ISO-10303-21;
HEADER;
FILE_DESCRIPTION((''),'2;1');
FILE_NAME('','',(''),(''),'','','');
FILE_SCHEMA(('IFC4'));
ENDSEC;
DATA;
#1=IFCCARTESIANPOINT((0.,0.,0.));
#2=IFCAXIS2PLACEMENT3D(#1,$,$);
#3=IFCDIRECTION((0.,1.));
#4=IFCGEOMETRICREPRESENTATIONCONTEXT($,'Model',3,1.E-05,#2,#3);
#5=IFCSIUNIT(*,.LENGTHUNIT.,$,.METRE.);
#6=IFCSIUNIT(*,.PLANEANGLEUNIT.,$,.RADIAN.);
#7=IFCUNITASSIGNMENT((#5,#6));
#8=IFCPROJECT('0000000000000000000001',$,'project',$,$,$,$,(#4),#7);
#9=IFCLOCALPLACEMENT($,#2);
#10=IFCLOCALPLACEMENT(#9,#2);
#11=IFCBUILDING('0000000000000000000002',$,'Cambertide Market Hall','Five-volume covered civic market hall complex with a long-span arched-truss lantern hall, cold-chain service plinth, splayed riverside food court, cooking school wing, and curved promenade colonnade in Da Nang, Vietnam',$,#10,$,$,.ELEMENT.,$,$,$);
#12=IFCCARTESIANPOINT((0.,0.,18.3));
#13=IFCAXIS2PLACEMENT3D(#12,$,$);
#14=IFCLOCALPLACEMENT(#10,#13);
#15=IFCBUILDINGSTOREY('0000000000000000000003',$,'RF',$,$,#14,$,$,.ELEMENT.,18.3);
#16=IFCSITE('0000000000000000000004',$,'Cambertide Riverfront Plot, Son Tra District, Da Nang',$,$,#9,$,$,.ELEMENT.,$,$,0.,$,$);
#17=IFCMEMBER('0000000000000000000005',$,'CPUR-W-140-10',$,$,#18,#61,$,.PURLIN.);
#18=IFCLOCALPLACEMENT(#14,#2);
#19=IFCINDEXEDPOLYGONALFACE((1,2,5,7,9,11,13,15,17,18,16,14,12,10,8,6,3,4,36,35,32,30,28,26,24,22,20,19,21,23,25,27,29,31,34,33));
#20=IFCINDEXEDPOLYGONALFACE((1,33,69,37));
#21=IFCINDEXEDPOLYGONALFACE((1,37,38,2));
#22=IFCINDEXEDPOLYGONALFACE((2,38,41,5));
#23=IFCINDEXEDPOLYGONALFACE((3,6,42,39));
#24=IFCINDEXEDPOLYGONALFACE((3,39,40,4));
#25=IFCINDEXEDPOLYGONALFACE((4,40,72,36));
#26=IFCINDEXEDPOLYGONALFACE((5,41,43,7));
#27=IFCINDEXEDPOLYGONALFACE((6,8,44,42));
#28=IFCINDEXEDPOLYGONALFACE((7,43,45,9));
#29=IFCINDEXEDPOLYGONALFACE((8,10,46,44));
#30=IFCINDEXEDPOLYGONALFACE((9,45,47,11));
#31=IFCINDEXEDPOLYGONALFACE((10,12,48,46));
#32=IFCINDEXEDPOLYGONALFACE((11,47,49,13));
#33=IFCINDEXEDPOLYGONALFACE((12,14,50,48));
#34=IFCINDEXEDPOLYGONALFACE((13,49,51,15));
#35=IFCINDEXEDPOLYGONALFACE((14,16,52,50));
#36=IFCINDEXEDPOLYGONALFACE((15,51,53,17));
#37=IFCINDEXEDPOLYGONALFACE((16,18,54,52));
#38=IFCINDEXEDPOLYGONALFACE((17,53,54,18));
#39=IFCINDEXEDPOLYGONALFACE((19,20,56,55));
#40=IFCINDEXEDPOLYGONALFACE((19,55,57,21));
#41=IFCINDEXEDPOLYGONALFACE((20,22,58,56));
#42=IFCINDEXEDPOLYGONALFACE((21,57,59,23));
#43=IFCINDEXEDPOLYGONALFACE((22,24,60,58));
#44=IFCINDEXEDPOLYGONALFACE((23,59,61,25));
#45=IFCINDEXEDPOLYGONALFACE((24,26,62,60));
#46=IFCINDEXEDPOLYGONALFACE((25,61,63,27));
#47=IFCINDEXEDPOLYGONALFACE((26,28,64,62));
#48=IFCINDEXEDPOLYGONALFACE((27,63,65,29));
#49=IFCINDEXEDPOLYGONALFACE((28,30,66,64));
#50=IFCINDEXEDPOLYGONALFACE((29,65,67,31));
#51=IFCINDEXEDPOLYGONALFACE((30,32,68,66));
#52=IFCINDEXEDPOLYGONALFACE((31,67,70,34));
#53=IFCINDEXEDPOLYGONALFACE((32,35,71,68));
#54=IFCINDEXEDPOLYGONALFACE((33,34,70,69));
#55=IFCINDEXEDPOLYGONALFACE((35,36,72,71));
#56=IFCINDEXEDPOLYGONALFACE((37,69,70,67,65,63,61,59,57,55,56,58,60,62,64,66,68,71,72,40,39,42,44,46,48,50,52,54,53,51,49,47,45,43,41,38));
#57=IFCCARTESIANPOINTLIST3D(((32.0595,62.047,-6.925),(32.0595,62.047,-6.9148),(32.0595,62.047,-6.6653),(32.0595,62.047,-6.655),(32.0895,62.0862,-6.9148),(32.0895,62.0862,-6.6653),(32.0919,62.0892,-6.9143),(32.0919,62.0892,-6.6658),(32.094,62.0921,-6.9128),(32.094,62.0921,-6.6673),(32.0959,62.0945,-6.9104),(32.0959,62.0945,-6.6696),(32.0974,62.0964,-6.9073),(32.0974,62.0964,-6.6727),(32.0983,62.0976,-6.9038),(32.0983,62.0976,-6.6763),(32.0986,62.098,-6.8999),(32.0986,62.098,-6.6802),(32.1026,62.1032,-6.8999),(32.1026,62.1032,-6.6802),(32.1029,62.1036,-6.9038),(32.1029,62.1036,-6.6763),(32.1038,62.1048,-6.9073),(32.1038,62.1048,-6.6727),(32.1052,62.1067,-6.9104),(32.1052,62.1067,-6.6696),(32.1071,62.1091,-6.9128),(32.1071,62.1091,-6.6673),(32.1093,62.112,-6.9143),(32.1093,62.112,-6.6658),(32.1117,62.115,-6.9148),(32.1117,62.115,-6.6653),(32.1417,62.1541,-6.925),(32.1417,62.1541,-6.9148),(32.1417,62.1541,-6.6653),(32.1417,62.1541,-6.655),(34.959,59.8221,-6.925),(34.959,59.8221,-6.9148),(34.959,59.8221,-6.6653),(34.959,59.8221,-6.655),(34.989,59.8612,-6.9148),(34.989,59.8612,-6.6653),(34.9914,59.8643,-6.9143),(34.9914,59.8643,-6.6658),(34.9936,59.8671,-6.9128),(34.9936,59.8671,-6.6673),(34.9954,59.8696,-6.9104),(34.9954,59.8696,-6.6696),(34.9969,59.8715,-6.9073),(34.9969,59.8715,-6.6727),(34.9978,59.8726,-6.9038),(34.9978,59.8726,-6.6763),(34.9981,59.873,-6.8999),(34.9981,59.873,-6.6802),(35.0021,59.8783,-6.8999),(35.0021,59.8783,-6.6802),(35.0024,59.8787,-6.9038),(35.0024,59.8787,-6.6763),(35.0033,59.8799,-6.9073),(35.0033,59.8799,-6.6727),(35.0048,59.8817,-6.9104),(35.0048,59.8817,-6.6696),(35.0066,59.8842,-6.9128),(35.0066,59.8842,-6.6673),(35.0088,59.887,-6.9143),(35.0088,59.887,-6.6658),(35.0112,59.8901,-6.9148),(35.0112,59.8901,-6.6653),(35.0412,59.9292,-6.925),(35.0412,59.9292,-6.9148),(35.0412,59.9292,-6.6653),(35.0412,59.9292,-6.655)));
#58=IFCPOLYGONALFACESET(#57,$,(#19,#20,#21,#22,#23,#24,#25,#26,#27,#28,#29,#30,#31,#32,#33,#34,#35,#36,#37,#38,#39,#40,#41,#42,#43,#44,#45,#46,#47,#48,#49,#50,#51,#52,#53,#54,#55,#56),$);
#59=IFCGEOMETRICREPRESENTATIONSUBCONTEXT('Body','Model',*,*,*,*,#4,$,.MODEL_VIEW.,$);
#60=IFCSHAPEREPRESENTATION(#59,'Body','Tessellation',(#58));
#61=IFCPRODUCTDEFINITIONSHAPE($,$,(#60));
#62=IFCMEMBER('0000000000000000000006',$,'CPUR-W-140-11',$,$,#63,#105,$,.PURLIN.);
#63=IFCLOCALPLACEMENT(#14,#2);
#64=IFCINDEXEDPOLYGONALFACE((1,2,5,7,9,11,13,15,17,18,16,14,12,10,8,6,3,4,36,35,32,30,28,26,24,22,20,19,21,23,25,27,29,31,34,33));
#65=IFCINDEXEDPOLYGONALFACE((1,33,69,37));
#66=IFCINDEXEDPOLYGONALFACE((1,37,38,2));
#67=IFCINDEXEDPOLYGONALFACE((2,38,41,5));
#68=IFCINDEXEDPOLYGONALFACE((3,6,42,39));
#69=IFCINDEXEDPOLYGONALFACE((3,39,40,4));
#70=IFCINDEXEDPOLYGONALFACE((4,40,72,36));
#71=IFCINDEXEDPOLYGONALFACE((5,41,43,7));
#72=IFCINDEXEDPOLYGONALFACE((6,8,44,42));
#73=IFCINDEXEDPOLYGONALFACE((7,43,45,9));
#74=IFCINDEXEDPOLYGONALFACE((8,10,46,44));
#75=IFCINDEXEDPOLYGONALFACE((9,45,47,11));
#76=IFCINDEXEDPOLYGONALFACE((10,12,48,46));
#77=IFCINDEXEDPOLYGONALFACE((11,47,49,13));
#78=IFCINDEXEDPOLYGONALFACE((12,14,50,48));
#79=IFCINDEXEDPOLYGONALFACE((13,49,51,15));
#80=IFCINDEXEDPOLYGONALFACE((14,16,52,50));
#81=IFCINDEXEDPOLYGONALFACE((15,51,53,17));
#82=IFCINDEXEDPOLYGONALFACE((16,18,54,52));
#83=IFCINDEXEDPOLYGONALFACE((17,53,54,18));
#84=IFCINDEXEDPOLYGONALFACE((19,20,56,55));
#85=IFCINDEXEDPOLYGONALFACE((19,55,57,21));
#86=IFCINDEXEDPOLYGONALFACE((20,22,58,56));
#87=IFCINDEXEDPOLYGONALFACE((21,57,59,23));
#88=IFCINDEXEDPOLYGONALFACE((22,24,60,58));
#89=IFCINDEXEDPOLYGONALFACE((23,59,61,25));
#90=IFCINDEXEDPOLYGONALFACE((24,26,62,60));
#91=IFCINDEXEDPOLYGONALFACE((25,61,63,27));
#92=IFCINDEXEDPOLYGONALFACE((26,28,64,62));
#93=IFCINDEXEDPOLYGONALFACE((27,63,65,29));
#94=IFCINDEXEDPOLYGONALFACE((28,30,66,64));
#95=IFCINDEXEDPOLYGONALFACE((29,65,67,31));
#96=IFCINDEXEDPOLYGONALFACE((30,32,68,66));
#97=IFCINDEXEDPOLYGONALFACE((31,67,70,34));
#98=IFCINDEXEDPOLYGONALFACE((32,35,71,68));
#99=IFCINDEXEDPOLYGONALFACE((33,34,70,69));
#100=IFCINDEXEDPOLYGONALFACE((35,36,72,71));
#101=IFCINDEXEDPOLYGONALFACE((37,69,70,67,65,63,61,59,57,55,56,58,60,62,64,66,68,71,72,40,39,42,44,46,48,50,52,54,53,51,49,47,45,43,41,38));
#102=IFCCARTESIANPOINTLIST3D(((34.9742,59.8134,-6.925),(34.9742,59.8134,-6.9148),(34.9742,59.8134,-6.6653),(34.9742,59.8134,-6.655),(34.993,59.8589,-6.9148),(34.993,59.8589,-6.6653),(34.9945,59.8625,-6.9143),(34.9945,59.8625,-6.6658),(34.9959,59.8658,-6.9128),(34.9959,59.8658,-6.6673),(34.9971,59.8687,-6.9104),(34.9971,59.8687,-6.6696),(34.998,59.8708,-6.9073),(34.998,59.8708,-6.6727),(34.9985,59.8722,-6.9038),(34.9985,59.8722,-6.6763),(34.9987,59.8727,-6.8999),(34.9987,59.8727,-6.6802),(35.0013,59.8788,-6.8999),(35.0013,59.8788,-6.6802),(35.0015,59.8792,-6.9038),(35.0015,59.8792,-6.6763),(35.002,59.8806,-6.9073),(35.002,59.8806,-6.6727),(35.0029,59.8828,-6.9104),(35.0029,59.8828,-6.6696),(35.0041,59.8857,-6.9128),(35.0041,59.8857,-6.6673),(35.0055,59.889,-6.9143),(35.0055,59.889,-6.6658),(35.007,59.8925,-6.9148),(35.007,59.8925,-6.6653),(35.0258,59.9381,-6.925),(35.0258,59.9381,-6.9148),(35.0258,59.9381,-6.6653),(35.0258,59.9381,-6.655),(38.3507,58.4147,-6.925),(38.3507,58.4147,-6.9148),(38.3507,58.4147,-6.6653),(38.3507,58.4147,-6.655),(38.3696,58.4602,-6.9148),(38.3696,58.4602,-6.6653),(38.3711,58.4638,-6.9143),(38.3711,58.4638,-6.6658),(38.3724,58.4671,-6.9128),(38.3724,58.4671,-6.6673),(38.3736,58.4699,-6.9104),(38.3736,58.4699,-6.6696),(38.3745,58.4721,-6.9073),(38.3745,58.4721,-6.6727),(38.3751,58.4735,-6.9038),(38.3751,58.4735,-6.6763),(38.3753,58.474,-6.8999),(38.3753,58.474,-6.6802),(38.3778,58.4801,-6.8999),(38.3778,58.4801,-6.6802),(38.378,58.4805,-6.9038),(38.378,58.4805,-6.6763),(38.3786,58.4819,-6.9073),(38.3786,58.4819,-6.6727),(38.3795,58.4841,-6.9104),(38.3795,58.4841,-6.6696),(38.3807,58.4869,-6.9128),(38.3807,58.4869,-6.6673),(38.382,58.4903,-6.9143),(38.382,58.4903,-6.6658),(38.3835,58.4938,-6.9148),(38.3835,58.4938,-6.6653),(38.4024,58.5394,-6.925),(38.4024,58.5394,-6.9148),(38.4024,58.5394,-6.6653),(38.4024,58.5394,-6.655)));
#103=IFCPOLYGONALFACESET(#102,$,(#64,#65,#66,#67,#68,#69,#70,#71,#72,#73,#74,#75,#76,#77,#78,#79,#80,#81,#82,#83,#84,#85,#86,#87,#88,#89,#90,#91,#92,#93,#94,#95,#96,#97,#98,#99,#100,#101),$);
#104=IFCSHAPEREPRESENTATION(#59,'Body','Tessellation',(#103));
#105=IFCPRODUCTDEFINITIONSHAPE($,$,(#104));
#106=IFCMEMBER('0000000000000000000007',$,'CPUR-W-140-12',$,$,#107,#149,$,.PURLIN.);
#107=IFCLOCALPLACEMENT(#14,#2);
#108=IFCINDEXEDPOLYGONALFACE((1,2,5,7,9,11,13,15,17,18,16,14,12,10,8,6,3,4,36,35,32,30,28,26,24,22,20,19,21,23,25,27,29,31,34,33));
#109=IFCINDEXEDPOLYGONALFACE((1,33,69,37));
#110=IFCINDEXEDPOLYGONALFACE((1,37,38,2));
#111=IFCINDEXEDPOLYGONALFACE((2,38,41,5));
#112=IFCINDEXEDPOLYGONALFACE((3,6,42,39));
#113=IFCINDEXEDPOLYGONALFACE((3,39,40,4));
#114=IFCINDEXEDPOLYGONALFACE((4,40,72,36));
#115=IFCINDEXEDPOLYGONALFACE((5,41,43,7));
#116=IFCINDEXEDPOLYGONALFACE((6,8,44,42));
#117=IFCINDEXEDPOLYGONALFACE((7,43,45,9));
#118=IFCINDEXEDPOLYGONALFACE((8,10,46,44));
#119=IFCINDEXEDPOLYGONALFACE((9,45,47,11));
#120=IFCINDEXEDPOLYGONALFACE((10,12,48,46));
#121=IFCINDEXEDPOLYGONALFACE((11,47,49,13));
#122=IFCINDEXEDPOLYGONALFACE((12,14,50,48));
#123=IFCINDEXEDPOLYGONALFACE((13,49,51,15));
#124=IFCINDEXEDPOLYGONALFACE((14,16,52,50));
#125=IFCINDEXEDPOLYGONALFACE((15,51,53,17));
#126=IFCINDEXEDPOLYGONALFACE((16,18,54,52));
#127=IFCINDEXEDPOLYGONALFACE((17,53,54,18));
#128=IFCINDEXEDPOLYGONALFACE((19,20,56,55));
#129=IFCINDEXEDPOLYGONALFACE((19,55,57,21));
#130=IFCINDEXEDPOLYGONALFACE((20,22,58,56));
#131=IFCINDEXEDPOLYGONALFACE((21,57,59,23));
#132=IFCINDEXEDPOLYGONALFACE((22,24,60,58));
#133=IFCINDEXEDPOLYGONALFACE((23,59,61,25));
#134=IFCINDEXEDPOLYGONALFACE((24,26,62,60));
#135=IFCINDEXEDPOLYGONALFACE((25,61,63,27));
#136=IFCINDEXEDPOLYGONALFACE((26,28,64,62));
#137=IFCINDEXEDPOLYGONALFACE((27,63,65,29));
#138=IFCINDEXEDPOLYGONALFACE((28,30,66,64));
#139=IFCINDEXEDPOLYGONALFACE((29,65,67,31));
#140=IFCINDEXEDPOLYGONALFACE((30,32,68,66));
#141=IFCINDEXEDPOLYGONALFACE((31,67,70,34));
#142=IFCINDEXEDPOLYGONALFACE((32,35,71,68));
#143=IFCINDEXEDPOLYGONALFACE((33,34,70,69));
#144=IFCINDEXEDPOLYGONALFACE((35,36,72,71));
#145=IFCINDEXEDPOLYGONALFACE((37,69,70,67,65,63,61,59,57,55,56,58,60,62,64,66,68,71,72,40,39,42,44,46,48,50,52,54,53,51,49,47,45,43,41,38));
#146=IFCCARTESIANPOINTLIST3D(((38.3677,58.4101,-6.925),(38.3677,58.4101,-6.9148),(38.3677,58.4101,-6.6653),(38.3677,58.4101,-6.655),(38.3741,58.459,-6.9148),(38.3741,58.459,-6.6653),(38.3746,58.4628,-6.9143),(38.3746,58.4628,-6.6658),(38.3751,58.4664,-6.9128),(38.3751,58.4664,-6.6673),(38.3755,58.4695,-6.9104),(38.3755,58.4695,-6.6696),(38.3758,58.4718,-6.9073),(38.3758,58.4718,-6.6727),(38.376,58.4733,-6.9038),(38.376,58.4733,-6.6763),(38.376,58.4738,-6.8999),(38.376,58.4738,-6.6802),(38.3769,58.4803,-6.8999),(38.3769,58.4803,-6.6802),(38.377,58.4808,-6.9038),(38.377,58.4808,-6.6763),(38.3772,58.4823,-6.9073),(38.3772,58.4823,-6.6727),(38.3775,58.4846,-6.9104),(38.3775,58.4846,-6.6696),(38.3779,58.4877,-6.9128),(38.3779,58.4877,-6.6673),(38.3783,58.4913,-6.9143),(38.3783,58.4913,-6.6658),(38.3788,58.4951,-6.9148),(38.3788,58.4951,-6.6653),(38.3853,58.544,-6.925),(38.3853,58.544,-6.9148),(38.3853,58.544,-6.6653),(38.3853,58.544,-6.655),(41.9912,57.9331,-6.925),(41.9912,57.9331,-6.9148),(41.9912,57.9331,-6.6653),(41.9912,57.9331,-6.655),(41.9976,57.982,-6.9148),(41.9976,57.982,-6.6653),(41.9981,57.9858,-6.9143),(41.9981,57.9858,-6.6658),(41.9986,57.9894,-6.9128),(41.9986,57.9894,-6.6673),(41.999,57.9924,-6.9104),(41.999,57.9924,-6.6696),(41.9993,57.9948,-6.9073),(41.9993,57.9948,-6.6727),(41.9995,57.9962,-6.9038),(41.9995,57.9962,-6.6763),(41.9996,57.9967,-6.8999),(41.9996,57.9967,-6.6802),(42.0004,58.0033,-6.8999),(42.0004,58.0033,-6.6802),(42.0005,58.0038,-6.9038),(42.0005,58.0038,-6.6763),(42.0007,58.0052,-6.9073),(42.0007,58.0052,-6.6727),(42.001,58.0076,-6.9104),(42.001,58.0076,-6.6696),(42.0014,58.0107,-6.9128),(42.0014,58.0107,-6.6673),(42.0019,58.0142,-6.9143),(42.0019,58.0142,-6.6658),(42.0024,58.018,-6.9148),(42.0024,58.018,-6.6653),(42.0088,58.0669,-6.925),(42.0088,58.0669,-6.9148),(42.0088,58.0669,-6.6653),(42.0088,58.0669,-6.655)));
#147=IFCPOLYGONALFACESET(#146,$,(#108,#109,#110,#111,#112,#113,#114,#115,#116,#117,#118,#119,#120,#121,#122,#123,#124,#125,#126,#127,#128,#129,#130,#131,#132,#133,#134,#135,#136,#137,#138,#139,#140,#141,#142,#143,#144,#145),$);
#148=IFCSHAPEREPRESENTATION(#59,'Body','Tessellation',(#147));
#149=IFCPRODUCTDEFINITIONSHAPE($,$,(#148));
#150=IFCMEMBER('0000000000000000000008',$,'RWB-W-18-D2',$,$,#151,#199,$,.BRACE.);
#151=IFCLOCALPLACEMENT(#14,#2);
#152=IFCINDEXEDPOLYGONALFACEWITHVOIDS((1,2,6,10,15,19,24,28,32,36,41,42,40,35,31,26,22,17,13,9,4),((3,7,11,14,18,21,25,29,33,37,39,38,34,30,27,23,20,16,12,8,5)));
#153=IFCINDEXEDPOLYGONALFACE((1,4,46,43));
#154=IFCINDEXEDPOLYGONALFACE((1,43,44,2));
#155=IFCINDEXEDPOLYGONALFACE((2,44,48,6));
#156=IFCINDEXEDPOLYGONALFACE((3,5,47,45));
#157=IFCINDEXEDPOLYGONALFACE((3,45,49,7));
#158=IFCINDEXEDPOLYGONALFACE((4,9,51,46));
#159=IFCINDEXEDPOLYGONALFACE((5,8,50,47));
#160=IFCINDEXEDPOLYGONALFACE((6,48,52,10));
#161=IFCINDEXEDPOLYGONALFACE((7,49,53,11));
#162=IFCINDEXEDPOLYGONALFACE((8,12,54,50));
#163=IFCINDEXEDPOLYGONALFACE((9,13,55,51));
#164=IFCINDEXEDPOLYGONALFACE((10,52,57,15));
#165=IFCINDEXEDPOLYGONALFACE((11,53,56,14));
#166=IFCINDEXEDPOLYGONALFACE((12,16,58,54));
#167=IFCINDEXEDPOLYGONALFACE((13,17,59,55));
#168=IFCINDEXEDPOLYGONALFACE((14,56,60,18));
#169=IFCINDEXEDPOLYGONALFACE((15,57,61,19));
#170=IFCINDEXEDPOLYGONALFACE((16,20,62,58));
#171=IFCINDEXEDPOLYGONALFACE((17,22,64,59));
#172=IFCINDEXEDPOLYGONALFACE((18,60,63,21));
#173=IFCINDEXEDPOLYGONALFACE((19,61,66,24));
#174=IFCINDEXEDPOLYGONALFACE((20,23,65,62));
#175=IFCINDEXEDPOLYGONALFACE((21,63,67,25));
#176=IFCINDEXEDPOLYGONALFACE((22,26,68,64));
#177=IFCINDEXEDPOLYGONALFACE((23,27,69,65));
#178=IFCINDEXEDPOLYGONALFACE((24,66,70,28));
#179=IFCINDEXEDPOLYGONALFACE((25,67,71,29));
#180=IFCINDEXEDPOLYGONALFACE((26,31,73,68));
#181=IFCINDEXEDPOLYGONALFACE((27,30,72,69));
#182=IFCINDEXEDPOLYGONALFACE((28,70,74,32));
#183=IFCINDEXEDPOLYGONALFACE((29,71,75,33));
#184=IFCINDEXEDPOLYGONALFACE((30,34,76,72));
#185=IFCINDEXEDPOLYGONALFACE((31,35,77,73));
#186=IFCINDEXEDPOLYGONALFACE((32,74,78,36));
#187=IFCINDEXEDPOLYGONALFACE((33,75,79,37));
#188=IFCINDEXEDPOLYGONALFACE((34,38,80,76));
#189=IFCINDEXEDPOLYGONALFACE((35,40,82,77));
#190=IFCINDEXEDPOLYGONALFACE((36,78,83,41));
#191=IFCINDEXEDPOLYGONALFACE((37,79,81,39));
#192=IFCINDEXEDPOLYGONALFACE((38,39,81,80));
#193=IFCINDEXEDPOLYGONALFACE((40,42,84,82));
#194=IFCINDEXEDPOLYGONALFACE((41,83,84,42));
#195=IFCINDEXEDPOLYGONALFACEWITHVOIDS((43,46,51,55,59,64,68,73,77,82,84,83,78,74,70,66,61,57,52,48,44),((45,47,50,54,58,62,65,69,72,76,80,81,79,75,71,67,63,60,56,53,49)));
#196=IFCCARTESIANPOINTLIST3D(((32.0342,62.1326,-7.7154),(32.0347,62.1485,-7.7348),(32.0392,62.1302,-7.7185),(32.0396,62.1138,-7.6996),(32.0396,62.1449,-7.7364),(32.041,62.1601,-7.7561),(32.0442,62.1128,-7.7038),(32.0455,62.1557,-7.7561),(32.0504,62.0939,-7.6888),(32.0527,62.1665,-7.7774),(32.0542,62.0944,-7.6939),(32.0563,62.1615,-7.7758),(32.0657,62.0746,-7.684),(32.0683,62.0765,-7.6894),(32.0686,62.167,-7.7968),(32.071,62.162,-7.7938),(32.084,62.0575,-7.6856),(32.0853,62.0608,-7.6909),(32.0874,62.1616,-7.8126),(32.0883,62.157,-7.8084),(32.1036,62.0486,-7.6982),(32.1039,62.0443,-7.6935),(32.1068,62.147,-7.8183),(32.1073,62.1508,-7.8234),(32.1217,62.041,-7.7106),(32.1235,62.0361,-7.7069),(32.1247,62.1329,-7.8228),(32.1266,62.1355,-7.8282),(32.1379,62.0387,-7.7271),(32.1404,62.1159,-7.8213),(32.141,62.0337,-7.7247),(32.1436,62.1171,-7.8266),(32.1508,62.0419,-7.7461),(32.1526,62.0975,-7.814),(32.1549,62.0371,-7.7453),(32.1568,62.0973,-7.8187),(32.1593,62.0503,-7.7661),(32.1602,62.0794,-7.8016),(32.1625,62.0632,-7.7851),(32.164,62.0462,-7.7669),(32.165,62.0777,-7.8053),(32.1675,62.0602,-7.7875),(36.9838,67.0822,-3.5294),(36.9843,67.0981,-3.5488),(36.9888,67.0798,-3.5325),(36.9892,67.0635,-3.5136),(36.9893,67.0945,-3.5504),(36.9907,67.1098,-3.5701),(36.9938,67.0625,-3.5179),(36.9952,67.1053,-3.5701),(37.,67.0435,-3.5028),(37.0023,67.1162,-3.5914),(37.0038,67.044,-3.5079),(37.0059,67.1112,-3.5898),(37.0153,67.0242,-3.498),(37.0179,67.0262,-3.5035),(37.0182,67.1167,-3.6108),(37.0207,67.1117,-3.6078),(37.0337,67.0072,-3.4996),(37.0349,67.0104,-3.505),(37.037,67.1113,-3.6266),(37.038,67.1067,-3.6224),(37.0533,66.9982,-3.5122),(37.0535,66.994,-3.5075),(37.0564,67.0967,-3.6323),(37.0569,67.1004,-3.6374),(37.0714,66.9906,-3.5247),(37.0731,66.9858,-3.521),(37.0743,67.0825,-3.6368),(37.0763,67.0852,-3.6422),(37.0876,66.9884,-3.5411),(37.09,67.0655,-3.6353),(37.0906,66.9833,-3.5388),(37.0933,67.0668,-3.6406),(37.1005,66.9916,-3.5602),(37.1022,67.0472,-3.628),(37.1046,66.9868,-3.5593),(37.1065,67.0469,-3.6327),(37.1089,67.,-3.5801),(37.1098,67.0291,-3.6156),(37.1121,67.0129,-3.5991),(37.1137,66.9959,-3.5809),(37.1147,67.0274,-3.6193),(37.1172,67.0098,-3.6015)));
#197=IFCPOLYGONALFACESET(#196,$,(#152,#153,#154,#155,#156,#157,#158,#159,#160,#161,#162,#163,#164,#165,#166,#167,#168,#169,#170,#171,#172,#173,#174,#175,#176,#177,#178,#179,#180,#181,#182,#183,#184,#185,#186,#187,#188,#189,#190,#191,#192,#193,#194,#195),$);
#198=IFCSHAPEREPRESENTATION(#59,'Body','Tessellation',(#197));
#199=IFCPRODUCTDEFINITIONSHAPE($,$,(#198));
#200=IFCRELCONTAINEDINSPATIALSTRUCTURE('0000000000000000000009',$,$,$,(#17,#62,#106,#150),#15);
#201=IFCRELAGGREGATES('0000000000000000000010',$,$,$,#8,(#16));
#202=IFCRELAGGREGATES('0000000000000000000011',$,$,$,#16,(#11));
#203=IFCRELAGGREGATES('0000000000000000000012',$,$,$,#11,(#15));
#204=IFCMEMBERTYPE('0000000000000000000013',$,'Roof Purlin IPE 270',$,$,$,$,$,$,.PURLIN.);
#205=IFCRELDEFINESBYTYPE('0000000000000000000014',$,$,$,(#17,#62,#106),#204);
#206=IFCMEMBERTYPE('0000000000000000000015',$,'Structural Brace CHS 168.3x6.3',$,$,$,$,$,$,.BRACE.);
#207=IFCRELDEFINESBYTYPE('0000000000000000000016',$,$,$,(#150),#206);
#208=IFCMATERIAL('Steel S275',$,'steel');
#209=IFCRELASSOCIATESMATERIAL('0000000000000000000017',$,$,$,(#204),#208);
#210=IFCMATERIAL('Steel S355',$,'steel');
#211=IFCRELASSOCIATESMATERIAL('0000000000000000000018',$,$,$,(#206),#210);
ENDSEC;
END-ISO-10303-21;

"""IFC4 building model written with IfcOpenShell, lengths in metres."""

from ifc_helpers import new_model, si_unit, direction, frame, origin, origin_2d, place, context, subcontext, project, spatial, hollow_circle, i_section, extrude, material, material_profile, profile_set, type_object, element, save


model = new_model("IFC4")

# Units and contexts
model_context = context("Model", 3, precision=1e-05, world=origin(), true_north=direction((0.0, 1.0)))
body_context = subcontext(model_context, "Body", "Model", "MODEL_VIEW")
ifc_project = project(units=[si_unit("LENGTHUNIT", "METRE"), si_unit("PLANEANGLEUNIT", "RADIAN")], contexts=[model_context])

# Site, building, storey
site_placement = place(None, origin())
site = spatial("IfcSite", under=ifc_project, at=site_placement, Name="Cambertide Riverfront Plot, Son Tra District, Da Nang", CompositionType="ELEMENT", RefElevation=0.0)
building_placement = place(site_placement, origin())
building = spatial("IfcBuilding", under=site, at=building_placement, Name="Cambertide Market Hall", Description="Five-volume covered civic market hall complex with a long-span arched-truss lantern hall, cold-chain service plinth, splayed riverside food court, cooking school wing, and curved promenade colonnade in Da Nang, Vietnam", CompositionType="ELEMENT")
storey_placement = place(building_placement, frame((0.0, 0.0, 18.3)))
storey = spatial("IfcBuildingStorey", under=building, at=storey_placement, Name="RF", CompositionType="ELEMENT", Elevation=18.3)

# Members
ifc_material_1 = material(Name="Steel S275", Category="steel")
ifc_material_profile_1 = material_profile(ifc_material_1, i_section(OverallWidth=0.135, OverallDepth=0.27, WebThickness=0.0066, FlangeThickness=0.0103, FilletRadius=0.0149, at=origin_2d()), Name="IPE 270")
ifc_profile_set_1 = profile_set([ifc_material_profile_1], Name="Steel S275")
member_type_1 = type_object("IfcMemberType", Name="Roof Purlin IPE 270", PredefinedType="PURLIN", material=ifc_profile_set_1)
for number, where, z_axis, x_axis, name in (
    (1, (32.1006, 62.1006, -6.79), (0.793346, -0.608771, 0.0), (0.608771, 0.793346, 0.0), "CPUR-W-140-10"),
    (2, (35.0, 59.8757, -6.79), (0.923869, -0.382708, 0.0), (0.382708, 0.923869, 0.0), "CPUR-W-140-11"),
    (3, (38.3765, 58.4771, -6.79), (0.991445, -0.130527, 0.0), (0.130527, 0.991445, 0.0), "CPUR-W-140-12"),
):
    element("IfcMember", number, at=place(storey_placement, frame(where, z_axis=z_axis, x_axis=x_axis)), inside=storey, type_object=member_type_1, Name=name, PredefinedType="PURLIN", context=body_context, shape_type="SweptSolid", body=[
        extrude(i_section(OverallWidth=0.135, OverallDepth=0.27, WebThickness=0.0066, FlangeThickness=0.0103, FilletRadius=0.0149, at=origin_2d()), origin(), (0.0, 0.0, 1.0), 3.6548),
    ])
ifc_material_2 = material(Name="Steel S355", Category="steel")
ifc_material_profile_2 = material_profile(ifc_material_2, hollow_circle(Radius=0.0842, WallThickness=0.0063, at=origin_2d()), Name="CHS 168.3x6.3")
ifc_profile_set_2 = profile_set([ifc_material_profile_2], Name="Steel S355")
member_type_2 = type_object("IfcMemberType", Name="Structural Brace CHS 168.3x6.3", PredefinedType="BRACE", material=ifc_profile_set_2)
member_1_placement = place(storey_placement, frame((32.1006, 62.1006, -7.7561), z_axis=(0.606871, 0.606871, 0.513239), x_axis=(-0.707107, 0.707107, 0.0)))
element("IfcMember", 4, at=member_1_placement, inside=storey, type_object=member_type_2, Name="RWB-W-18-D2", PredefinedType="BRACE", context=body_context, shape_type="SweptSolid", body=[
    extrude(hollow_circle(Radius=0.0842, WallThickness=0.0063, at=origin_2d()), origin(), (0.0, 0.0, 1.0), 8.156),
])

save(model, "model.ifc")
